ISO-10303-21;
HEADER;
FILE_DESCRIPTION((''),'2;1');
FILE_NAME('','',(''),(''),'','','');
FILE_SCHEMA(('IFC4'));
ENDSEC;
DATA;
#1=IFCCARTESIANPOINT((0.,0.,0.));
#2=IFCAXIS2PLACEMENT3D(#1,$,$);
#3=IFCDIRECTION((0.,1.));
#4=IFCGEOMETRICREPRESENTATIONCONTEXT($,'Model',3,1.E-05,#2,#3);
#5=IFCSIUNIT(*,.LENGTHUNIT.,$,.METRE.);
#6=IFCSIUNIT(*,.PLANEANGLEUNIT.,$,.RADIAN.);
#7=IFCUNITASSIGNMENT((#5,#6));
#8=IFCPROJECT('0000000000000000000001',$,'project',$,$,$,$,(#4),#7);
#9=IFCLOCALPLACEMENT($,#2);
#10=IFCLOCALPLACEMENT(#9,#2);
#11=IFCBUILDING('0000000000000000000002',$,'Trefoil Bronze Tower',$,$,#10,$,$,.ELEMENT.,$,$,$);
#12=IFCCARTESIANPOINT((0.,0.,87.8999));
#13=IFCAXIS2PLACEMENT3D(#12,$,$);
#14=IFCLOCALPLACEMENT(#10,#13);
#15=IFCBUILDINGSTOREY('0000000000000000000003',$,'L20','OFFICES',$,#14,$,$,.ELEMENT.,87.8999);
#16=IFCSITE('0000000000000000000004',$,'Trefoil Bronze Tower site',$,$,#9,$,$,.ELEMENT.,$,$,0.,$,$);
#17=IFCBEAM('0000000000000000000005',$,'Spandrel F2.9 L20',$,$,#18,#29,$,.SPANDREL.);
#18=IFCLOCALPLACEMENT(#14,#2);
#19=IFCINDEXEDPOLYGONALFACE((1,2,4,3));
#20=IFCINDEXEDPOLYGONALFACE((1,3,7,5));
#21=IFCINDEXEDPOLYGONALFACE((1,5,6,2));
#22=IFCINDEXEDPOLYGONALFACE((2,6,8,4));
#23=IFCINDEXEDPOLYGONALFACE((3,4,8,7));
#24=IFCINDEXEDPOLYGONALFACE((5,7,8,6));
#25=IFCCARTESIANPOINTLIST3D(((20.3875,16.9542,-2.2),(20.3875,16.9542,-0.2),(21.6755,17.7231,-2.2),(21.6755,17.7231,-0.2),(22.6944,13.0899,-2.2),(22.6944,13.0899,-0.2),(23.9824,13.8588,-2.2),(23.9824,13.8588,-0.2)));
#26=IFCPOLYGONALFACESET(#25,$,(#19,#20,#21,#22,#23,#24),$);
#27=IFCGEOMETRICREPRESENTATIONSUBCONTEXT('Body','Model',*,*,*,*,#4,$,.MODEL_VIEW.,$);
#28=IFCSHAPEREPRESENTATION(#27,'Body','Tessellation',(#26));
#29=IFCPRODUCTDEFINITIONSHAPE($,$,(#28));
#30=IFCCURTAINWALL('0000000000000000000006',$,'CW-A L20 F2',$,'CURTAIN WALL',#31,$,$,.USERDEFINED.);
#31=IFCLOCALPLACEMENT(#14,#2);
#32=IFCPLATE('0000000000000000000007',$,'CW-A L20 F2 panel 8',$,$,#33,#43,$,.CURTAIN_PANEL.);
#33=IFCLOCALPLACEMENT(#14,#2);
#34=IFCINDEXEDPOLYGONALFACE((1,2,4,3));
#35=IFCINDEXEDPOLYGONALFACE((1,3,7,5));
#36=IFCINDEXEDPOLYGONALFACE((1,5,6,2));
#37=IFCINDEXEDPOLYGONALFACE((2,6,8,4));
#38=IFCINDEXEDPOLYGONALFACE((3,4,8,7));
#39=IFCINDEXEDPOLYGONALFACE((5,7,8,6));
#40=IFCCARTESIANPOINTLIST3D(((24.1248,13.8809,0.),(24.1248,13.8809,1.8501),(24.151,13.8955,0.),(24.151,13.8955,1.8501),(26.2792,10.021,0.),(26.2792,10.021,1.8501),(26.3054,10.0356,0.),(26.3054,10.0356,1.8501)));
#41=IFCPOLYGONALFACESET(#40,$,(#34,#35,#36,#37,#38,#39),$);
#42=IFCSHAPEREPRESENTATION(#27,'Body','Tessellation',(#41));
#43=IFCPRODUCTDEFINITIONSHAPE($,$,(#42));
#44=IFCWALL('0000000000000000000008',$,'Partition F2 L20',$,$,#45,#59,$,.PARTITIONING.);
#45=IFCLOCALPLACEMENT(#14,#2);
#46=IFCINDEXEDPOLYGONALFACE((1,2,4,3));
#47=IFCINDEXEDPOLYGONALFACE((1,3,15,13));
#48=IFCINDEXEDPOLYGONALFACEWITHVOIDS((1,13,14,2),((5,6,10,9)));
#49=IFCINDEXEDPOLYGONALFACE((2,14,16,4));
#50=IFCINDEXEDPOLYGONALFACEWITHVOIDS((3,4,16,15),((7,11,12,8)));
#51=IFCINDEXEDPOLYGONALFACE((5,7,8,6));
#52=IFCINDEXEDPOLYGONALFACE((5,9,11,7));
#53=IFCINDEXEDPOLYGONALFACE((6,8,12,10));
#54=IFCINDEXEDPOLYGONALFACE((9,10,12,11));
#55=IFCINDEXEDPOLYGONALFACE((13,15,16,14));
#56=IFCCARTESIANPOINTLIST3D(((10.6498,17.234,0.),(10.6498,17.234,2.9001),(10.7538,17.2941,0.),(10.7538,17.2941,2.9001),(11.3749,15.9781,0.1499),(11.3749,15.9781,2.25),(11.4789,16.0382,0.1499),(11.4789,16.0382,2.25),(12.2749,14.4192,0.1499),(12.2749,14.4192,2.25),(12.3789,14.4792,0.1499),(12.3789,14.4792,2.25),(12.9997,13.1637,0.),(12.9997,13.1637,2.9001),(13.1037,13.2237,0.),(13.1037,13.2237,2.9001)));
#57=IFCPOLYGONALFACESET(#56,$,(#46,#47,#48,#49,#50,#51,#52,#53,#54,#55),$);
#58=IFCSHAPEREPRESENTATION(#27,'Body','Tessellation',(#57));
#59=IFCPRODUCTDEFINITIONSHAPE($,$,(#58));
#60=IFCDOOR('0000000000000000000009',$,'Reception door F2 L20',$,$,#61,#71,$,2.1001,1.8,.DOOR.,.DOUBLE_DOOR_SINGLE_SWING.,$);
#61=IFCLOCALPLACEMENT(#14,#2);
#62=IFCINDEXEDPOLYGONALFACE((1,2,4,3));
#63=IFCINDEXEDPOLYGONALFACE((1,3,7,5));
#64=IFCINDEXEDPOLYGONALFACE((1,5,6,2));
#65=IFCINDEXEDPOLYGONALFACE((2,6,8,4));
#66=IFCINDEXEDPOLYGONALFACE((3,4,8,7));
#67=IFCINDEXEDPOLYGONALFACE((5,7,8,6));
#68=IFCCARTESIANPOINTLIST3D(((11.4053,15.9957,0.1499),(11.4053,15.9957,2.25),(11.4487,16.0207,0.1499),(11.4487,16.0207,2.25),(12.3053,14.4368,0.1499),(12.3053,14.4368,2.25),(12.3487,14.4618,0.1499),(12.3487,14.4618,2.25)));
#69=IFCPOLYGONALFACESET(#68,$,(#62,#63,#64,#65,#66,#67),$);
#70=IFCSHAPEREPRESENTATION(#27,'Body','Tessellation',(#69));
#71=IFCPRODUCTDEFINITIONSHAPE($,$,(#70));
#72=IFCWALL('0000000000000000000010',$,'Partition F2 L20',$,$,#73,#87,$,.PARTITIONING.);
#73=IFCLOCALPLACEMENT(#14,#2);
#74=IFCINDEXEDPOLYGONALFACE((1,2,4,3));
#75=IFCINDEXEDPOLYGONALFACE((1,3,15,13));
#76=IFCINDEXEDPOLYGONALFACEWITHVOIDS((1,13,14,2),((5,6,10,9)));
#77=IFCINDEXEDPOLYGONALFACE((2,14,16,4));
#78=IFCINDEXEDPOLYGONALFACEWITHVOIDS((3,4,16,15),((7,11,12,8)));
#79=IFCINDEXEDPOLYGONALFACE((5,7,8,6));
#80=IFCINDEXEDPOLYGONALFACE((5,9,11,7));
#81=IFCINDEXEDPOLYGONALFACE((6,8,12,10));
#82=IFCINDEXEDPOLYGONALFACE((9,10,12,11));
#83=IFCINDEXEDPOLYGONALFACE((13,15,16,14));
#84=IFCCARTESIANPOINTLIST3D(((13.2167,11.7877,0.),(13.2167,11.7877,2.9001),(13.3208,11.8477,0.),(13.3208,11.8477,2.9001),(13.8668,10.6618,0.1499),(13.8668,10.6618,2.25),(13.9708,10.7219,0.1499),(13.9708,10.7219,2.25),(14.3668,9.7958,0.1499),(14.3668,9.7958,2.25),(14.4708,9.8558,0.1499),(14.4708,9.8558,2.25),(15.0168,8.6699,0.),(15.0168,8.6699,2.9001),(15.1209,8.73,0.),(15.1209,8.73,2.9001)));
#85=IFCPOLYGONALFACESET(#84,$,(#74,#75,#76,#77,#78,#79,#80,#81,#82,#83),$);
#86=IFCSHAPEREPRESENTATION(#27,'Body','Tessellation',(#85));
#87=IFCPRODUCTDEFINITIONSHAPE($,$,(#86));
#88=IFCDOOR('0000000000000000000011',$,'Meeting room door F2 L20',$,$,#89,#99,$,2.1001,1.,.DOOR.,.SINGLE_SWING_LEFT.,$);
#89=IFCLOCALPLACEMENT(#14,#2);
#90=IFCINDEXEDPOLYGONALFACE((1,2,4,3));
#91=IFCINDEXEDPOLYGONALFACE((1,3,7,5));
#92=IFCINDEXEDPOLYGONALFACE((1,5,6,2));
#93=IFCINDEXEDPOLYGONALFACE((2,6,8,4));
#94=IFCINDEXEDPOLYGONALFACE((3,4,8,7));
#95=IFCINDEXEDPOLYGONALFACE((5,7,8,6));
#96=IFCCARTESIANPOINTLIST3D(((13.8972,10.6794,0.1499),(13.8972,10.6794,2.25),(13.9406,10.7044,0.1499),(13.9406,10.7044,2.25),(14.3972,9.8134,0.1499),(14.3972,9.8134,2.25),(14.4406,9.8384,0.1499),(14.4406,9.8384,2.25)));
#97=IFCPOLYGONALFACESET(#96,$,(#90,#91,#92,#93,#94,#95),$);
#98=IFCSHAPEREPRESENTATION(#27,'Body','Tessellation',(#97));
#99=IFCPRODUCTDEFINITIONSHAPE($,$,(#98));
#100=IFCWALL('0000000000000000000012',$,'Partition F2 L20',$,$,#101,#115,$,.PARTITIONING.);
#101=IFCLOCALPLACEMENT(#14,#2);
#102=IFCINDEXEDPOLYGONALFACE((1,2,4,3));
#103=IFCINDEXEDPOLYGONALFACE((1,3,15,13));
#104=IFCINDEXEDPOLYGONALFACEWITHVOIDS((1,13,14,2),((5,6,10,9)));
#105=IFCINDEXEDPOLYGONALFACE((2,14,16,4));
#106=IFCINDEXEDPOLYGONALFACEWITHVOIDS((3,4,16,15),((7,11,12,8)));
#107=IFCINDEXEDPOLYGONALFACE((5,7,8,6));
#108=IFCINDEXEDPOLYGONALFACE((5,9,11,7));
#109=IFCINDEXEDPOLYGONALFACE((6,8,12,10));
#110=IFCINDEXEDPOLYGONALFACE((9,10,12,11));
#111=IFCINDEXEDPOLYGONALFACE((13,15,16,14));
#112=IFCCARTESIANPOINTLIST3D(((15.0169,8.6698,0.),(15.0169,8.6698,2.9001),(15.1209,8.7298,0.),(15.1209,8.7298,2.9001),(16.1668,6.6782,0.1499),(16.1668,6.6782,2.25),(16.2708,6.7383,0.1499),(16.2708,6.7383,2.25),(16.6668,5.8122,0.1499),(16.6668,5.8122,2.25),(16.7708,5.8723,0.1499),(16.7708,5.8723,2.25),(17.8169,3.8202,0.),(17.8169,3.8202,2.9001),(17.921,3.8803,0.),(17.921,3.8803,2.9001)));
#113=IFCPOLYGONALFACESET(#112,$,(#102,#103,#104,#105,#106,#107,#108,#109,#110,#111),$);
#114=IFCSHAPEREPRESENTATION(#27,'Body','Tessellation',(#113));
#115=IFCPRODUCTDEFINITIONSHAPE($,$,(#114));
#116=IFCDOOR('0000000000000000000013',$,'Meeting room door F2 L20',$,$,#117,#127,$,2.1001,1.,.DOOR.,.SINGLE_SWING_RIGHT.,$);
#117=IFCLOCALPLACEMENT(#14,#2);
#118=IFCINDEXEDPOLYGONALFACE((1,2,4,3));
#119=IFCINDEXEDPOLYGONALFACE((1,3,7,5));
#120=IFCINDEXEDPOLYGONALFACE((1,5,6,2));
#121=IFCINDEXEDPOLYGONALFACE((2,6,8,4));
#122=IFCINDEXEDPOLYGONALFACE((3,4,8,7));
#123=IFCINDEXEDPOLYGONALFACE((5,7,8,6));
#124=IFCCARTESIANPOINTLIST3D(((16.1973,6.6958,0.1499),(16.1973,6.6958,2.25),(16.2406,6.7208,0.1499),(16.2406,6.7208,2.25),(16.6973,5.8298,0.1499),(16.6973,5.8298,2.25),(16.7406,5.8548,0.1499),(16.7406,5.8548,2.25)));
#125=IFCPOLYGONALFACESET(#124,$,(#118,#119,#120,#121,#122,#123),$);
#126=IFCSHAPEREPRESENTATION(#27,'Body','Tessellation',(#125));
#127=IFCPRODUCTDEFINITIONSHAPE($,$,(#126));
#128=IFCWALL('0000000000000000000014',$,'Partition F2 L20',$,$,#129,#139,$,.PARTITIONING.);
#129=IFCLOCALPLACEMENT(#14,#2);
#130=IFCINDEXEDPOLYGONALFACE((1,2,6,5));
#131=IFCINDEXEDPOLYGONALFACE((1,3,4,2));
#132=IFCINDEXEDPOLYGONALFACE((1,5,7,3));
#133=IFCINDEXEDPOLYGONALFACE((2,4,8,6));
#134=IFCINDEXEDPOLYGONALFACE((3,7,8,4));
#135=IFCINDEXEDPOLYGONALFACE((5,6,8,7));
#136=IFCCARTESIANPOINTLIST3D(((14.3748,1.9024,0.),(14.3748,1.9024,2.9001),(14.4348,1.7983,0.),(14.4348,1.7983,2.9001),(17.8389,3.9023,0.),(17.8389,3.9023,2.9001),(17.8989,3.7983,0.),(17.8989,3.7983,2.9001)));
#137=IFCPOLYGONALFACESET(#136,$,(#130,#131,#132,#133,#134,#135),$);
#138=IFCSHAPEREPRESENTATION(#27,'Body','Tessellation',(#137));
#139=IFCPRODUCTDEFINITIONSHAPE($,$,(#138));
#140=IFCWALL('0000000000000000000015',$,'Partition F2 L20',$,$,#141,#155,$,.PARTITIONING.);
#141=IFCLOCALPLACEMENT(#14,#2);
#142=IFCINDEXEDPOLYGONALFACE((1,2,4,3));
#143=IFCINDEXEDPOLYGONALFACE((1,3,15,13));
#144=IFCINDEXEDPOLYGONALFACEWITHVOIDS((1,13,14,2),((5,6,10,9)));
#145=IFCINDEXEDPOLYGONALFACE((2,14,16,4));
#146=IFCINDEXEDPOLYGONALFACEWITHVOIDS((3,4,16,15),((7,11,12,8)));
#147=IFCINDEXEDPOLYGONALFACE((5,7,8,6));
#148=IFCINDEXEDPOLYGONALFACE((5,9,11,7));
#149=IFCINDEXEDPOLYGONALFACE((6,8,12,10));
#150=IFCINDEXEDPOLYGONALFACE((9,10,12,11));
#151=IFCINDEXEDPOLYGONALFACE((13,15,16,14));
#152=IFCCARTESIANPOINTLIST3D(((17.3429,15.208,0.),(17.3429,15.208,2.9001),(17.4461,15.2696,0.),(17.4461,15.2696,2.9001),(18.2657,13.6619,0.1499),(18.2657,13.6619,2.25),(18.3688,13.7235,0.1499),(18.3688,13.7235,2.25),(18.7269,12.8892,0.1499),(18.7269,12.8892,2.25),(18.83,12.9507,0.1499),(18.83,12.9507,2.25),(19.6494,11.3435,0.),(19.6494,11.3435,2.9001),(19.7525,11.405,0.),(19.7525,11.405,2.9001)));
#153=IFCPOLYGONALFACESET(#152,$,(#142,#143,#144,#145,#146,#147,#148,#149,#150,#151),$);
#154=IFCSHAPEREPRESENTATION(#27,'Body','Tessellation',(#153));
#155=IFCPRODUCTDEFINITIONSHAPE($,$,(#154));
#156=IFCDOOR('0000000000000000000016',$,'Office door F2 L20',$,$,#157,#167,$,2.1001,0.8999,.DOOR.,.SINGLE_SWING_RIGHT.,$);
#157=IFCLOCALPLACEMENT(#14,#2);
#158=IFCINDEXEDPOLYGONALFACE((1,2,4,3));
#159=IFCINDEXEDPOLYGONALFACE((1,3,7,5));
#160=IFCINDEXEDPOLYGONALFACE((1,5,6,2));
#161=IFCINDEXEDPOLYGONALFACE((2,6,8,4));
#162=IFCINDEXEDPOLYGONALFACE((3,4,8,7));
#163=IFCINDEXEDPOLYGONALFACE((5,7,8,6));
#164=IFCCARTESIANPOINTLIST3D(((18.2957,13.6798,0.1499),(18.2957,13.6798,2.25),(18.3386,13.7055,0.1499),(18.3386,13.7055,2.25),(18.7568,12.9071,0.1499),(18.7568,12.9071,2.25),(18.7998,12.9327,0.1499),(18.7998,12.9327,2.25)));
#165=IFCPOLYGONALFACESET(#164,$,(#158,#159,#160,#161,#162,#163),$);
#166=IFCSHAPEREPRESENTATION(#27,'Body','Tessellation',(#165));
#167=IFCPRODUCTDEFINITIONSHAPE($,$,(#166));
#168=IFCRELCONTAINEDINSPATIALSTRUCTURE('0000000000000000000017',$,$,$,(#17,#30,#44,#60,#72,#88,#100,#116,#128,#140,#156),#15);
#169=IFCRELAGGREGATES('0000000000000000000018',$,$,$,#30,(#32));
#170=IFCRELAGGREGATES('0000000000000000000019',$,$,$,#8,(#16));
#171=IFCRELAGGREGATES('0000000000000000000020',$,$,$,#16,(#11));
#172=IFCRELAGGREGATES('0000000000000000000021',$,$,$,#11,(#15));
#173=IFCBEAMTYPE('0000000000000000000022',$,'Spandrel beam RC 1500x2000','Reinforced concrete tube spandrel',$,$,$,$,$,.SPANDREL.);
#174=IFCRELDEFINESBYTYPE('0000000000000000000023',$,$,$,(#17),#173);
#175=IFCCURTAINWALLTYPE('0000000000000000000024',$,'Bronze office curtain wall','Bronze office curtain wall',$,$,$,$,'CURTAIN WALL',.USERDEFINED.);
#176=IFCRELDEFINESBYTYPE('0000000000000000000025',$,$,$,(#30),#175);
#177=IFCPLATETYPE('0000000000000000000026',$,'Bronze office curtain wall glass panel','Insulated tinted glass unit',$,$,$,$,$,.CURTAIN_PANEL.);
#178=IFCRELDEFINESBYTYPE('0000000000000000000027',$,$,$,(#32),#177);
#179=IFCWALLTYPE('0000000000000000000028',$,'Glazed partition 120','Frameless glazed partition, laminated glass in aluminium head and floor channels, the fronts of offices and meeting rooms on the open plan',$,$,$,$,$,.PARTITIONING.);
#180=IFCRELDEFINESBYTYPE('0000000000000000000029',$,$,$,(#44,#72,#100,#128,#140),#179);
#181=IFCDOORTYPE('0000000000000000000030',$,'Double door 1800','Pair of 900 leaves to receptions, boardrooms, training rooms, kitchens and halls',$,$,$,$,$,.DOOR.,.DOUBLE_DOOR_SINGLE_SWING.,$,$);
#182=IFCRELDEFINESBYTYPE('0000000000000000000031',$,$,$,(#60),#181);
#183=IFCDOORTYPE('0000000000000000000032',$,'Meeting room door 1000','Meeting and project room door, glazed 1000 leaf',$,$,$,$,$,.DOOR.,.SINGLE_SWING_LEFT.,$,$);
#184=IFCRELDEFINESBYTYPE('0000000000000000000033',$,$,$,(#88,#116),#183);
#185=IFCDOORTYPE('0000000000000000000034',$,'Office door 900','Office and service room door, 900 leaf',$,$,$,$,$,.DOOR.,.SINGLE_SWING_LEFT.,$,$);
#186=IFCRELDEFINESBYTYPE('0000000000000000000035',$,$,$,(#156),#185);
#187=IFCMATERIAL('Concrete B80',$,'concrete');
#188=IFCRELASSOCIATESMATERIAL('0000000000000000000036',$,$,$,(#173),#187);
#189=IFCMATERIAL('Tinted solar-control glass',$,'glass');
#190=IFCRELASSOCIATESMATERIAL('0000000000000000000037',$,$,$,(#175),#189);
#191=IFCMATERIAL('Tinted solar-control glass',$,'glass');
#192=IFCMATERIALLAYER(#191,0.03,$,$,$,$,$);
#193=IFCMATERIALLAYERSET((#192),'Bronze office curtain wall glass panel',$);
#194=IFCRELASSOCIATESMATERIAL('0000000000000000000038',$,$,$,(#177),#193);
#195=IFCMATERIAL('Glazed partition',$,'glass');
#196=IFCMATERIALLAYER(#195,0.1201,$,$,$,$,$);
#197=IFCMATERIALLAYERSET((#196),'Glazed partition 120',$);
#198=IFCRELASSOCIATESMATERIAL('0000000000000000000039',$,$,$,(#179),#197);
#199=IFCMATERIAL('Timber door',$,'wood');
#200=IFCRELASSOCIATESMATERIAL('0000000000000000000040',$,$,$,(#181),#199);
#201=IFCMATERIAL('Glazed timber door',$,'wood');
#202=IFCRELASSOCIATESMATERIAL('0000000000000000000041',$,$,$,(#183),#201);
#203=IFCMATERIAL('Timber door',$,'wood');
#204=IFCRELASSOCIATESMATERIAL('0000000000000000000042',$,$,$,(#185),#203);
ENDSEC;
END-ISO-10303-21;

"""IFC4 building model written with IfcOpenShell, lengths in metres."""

from ifc_helpers import new_model, si_unit, direction, frame, frame_2d, origin, origin_2d, place, context, subcontext, project, spatial, rectangle, extrude, material, layer, layer_set, material_profile, profile_set, type_object, element, fill, aggregate, save


model = new_model("IFC4")

# Units and contexts
model_context = context("Model", 3, precision=1e-05, world=origin(), true_north=direction((0.0, 1.0)))
body_context = subcontext(model_context, "Body", "Model", "MODEL_VIEW")
ifc_project = project(units=[si_unit("LENGTHUNIT", "METRE"), si_unit("PLANEANGLEUNIT", "RADIAN")], contexts=[model_context])

# Site, building, storey
site_placement = place(None, origin())
site = spatial("IfcSite", under=ifc_project, at=site_placement, Name="Trefoil Bronze Tower site", CompositionType="ELEMENT", RefElevation=0.0)
building_placement = place(site_placement, origin())
building = spatial("IfcBuilding", under=site, at=building_placement, Name="Trefoil Bronze Tower", CompositionType="ELEMENT")
storey_placement = place(building_placement, frame((0.0, 0.0, 87.8999)))
storey = spatial("IfcBuildingStorey", under=building, at=storey_placement, Name="L20", Description="OFFICES", CompositionType="ELEMENT", Elevation=87.8999)

# Beam
ifc_material_1 = material(Name="Concrete B80", Category="concrete")
ifc_material_profile_1 = material_profile(ifc_material_1, rectangle(XDim=1.5, YDim=2.0, at=origin_2d()), Name="RC 1500x2000")
ifc_profile_set_1 = profile_set([ifc_material_profile_1], Name="Concrete B80")
beam_type_1 = type_object("IfcBeamType", Name="Spandrel beam RC 1500x2000", Description="Reinforced concrete tube spandrel", PredefinedType="SPANDREL", material=ifc_profile_set_1)
for number, where, z_axis, x_axis, name in (
    (1, (23.3384, 13.4744, -1.2), (-0.512588, 0.858635, 0.0), (-0.858635, -0.512588, 0.0), "Spandrel F2.9 L20"),
):
    element("IfcBeam", number, at=place(storey_placement, frame(where, z_axis=z_axis, x_axis=x_axis)), inside=storey, type_object=beam_type_1, Name=name, PredefinedType="SPANDREL", context=body_context, shape_type="SweptSolid", body=[
        extrude(rectangle(XDim=1.5, YDim=2.0, at=origin_2d()), origin(), (0.0, 0.0, 1.0), 4.5005),
    ])

# Curtain wall, plate
ifc_material_2 = material(Name="Tinted solar-control glass", Category="glass")
curtain_wall_type = type_object("IfcCurtainWallType", Name="Bronze office curtain wall", Description="Bronze office curtain wall", ElementType="CURTAIN WALL", PredefinedType="USERDEFINED", material=ifc_material_2)
curtain_wall_placement = place(storey_placement, origin())
curtain_wall = element("IfcCurtainWall", 2, at=curtain_wall_placement, inside=storey, type_object=curtain_wall_type, Name="CW-A L20 F2", ObjectType="CURTAIN WALL", PredefinedType="USERDEFINED")
ifc_material_3 = material(Name="Tinted solar-control glass", Category="glass")
ifc_layer_1 = layer(ifc_material_3, 0.03)
ifc_layer_set_1 = layer_set([ifc_layer_1], Name="Bronze office curtain wall glass panel")
plate_type = type_object("IfcPlateType", Name="Bronze office curtain wall glass panel", Description="Insulated tinted glass unit", PredefinedType="CURTAIN_PANEL", material=ifc_layer_set_1)
plate_placement = place(storey_placement, frame((25.2151, 11.9583, 0.0), z_axis=(0.0, 0.0, 1.0), x_axis=(-0.487382, 0.873189, 0.0)))
plate = element("IfcPlate", 3, at=plate_placement, type_object=plate_type, Name="CW-A L20 F2 panel 8", PredefinedType="CURTAIN_PANEL", context=body_context, shape_type="SweptSolid", body=[
    extrude(rectangle(XDim=4.4204, YDim=0.03, at=origin_2d()), origin(), (0.0, 0.0, 1.0), 1.8501),
])
aggregate(curtain_wall, [plate])

# Walls, openings, doors
ifc_material_4 = material(Name="Glazed partition", Category="glass")
ifc_layer_2 = layer(ifc_material_4, 0.1201)
ifc_layer_set_2 = layer_set([ifc_layer_2], Name="Glazed partition 120")
wall_type = type_object("IfcWallType", Name="Glazed partition 120", Description="Frameless glazed partition, laminated glass in aluminium head and floor channels, the fronts of offices and meeting rooms on the open plan", PredefinedType="PARTITIONING", material=ifc_layer_set_2)
wall_1_placement = place(storey_placement, frame((13.0518, 13.1936, 0.0), z_axis=(0.0, 0.0, 1.0), x_axis=(-0.499977, 0.866039, 0.0)))
wall_1 = element("IfcWall", 4, at=wall_1_placement, inside=storey, type_object=wall_type, Name="Partition F2 L20", PredefinedType="PARTITIONING", context=body_context, shape_type="SweptSolid", body=[
    extrude(rectangle(XDim=4.7, YDim=0.1201, at=frame_2d((2.3501, 0.0))), origin(), (0.0, 0.0, 1.0), 2.9001),
])
opening_1_placement = place(wall_1_placement, frame((1.45, 0.0, 0.1499)))
opening_1 = element("IfcOpeningElement", 5, at=opening_1_placement, cuts=wall_1, PredefinedType="OPENING", context=body_context, shape_type="SweptSolid", body=[
    extrude(rectangle(XDim=1.8, YDim=2.1001, at=frame_2d((0.8999, 1.05))), frame((0.0, 0.0701, 0.0), z_axis=(0.0, -1.0, 0.0), x_axis=(1.0, 0.0, 0.0)), (0.0, 0.0, 1.0), 0.1401),
])
ifc_material_5 = material(Name="Timber door", Category="wood")
door_type_1 = type_object("IfcDoorType", Name="Double door 1800", Description="Pair of 900 leaves to receptions, boardrooms, training rooms, kitchens and halls", OperationType="DOUBLE_DOOR_SINGLE_SWING", PredefinedType="DOOR", material=ifc_material_5)
door_1_placement = place(opening_1_placement, origin())
door_1 = element("IfcDoor", 6, at=door_1_placement, inside=storey, type_object=door_type_1, Name="Reception door F2 L20", OperationType="DOUBLE_DOOR_SINGLE_SWING", OverallHeight=2.1001, OverallWidth=1.8, PredefinedType="DOOR", context=body_context, shape_type="SweptSolid", body=[
    extrude(rectangle(XDim=1.8, YDim=2.1001, at=frame_2d((0.8999, 1.05))), frame((0.0, 0.0249, 0.0), z_axis=(0.0, -1.0, 0.0), x_axis=(1.0, 0.0, 0.0)), (0.0, 0.0, 1.0), 0.05),
])
fill(opening_1, door_1)
wall_2_placement = place(storey_placement, frame((15.0688, 8.7, 0.0), z_axis=(0.0, 0.0, 1.0), x_axis=(-0.500012, 0.866018, 0.0)))
wall_2 = element("IfcWall", 7, at=wall_2_placement, inside=storey, type_object=wall_type, Name="Partition F2 L20", PredefinedType="PARTITIONING", context=body_context, shape_type="SweptSolid", body=[
    extrude(rectangle(XDim=3.6001, YDim=0.1201, at=frame_2d((1.8, 0.0))), origin(), (0.0, 0.0, 1.0), 2.9001),
])
opening_2_placement = place(wall_2_placement, frame((1.3, 0.0, 0.1499)))
opening_2 = element("IfcOpeningElement", 8, at=opening_2_placement, cuts=wall_2, PredefinedType="OPENING", context=body_context, shape_type="SweptSolid", body=[
    extrude(rectangle(XDim=1.0, YDim=2.1001, at=frame_2d((0.5, 1.05))), frame((0.0, 0.0701, 0.0), z_axis=(0.0, -1.0, 0.0), x_axis=(1.0, 0.0, 0.0)), (0.0, 0.0, 1.0), 0.1401),
])
ifc_material_6 = material(Name="Glazed timber door", Category="wood")
door_type_2 = type_object("IfcDoorType", Name="Meeting room door 1000", Description="Meeting and project room door, glazed 1000 leaf", OperationType="SINGLE_SWING_LEFT", PredefinedType="DOOR", material=ifc_material_6)
door_2_placement = place(opening_2_placement, origin())
door_2 = element("IfcDoor", 9, at=door_2_placement, inside=storey, type_object=door_type_2, Name="Meeting room door F2 L20", OperationType="SINGLE_SWING_LEFT", OverallHeight=2.1001, OverallWidth=1.0, PredefinedType="DOOR", context=body_context, shape_type="SweptSolid", body=[
    extrude(rectangle(XDim=1.0, YDim=2.1001, at=frame_2d((0.5, 1.05))), frame((0.0, 0.0249, 0.0), z_axis=(0.0, -1.0, 0.0), x_axis=(1.0, 0.0, 0.0)), (0.0, 0.0, 1.0), 0.05),
])
fill(opening_2, door_2)
wall_3_placement = place(storey_placement, frame((17.8689, 3.8503, 0.0), z_axis=(0.0, 0.0, 1.0), x_axis=(-0.500017, 0.866016, 0.0)))
wall_3 = element("IfcWall", 10, at=wall_3_placement, inside=storey, type_object=wall_type, Name="Partition F2 L20", PredefinedType="PARTITIONING", context=body_context, shape_type="SweptSolid", body=[
    extrude(rectangle(XDim=5.5999, YDim=0.1201, at=frame_2d((2.7998, 0.0))), origin(), (0.0, 0.0, 1.0), 2.9001),
])
opening_3_placement = place(wall_3_placement, frame((2.3, 0.0, 0.1499)))
opening_3 = element("IfcOpeningElement", 11, at=opening_3_placement, cuts=wall_3, PredefinedType="OPENING", context=body_context, shape_type="SweptSolid", body=[
    extrude(rectangle(XDim=1.0, YDim=2.1001, at=frame_2d((0.5, 1.05))), frame((0.0, 0.0701, 0.0), z_axis=(0.0, -1.0, 0.0), x_axis=(1.0, 0.0, 0.0)), (0.0, 0.0, 1.0), 0.1401),
])
door_3_placement = place(opening_3_placement, origin())
door_3 = element("IfcDoor", 12, at=door_3_placement, inside=storey, type_object=door_type_2, Name="Meeting room door F2 L20", OperationType="SINGLE_SWING_RIGHT", OverallHeight=2.1001, OverallWidth=1.0, PredefinedType="DOOR", context=body_context, shape_type="SweptSolid", body=[
    extrude(rectangle(XDim=1.0, YDim=2.1001, at=frame_2d((0.5, 1.05))), frame((0.0, 0.0249, 0.0), z_axis=(0.0, -1.0, 0.0), x_axis=(1.0, 0.0, 0.0)), (0.0, 0.0, 1.0), 0.05),
])
fill(opening_3, door_3)

# Wall
wall_4_placement = place(storey_placement, frame((14.4048, 1.8503, 0.0), z_axis=(0.0, 0.0, 1.0), x_axis=(0.866026, 0.499999, 0.0)))
element("IfcWall", 13, at=wall_4_placement, inside=storey, type_object=wall_type, Name="Partition F2 L20", PredefinedType="PARTITIONING", context=body_context, shape_type="SweptSolid", body=[
    extrude(rectangle(XDim=4.0, YDim=0.1201, at=frame_2d((2.0, 0.0))), origin(), (0.0, 0.0, 1.0), 2.9001),
])

# Wall, opening, door
wall_5_placement = place(storey_placement, frame((19.7009, 11.3743, 0.0), z_axis=(0.0, 0.0, 1.0), x_axis=(-0.512484, 0.858697, 0.0)))
wall_5 = element("IfcWall", 14, at=wall_5_placement, inside=storey, type_object=wall_type, Name="Partition F2 L20", PredefinedType="PARTITIONING", context=body_context, shape_type="SweptSolid", body=[
    extrude(rectangle(XDim=4.5005, YDim=0.1201, at=frame_2d((2.2502, 0.0))), origin(), (0.0, 0.0, 1.0), 2.9001),
])
opening_4_placement = place(wall_5_placement, frame((1.8, 0.0, 0.1499)))
opening_4 = element("IfcOpeningElement", 15, at=opening_4_placement, cuts=wall_5, PredefinedType="OPENING", context=body_context, shape_type="SweptSolid", body=[
    extrude(rectangle(XDim=0.8999, YDim=2.1001, at=frame_2d((0.45, 1.05))), frame((0.0, 0.0701, 0.0), z_axis=(0.0, -1.0, 0.0), x_axis=(1.0, 0.0, 0.0)), (0.0, 0.0, 1.0), 0.1401),
])
ifc_material_7 = material(Name="Timber door", Category="wood")
door_type_3 = type_object("IfcDoorType", Name="Office door 900", Description="Office and service room door, 900 leaf", OperationType="SINGLE_SWING_LEFT", PredefinedType="DOOR", material=ifc_material_7)
door_4_placement = place(opening_4_placement, frame((0.8999, 0.0, 0.0), z_axis=(0.0, 0.0, 1.0), x_axis=(-1.0, 0.0, 0.0)))
door_4 = element("IfcDoor", 16, at=door_4_placement, inside=storey, type_object=door_type_3, Name="Office door F2 L20", OperationType="SINGLE_SWING_RIGHT", OverallHeight=2.1001, OverallWidth=0.8999, PredefinedType="DOOR", context=body_context, shape_type="SweptSolid", body=[
    extrude(rectangle(XDim=0.8999, YDim=2.1001, at=frame_2d((0.45, 1.05))), frame((0.0, 0.0249, 0.0), z_axis=(0.0, -1.0, 0.0), x_axis=(1.0, 0.0, 0.0)), (0.0, 0.0, 1.0), 0.05),
])
fill(opening_4, door_4)

save(model, "model.ifc")
